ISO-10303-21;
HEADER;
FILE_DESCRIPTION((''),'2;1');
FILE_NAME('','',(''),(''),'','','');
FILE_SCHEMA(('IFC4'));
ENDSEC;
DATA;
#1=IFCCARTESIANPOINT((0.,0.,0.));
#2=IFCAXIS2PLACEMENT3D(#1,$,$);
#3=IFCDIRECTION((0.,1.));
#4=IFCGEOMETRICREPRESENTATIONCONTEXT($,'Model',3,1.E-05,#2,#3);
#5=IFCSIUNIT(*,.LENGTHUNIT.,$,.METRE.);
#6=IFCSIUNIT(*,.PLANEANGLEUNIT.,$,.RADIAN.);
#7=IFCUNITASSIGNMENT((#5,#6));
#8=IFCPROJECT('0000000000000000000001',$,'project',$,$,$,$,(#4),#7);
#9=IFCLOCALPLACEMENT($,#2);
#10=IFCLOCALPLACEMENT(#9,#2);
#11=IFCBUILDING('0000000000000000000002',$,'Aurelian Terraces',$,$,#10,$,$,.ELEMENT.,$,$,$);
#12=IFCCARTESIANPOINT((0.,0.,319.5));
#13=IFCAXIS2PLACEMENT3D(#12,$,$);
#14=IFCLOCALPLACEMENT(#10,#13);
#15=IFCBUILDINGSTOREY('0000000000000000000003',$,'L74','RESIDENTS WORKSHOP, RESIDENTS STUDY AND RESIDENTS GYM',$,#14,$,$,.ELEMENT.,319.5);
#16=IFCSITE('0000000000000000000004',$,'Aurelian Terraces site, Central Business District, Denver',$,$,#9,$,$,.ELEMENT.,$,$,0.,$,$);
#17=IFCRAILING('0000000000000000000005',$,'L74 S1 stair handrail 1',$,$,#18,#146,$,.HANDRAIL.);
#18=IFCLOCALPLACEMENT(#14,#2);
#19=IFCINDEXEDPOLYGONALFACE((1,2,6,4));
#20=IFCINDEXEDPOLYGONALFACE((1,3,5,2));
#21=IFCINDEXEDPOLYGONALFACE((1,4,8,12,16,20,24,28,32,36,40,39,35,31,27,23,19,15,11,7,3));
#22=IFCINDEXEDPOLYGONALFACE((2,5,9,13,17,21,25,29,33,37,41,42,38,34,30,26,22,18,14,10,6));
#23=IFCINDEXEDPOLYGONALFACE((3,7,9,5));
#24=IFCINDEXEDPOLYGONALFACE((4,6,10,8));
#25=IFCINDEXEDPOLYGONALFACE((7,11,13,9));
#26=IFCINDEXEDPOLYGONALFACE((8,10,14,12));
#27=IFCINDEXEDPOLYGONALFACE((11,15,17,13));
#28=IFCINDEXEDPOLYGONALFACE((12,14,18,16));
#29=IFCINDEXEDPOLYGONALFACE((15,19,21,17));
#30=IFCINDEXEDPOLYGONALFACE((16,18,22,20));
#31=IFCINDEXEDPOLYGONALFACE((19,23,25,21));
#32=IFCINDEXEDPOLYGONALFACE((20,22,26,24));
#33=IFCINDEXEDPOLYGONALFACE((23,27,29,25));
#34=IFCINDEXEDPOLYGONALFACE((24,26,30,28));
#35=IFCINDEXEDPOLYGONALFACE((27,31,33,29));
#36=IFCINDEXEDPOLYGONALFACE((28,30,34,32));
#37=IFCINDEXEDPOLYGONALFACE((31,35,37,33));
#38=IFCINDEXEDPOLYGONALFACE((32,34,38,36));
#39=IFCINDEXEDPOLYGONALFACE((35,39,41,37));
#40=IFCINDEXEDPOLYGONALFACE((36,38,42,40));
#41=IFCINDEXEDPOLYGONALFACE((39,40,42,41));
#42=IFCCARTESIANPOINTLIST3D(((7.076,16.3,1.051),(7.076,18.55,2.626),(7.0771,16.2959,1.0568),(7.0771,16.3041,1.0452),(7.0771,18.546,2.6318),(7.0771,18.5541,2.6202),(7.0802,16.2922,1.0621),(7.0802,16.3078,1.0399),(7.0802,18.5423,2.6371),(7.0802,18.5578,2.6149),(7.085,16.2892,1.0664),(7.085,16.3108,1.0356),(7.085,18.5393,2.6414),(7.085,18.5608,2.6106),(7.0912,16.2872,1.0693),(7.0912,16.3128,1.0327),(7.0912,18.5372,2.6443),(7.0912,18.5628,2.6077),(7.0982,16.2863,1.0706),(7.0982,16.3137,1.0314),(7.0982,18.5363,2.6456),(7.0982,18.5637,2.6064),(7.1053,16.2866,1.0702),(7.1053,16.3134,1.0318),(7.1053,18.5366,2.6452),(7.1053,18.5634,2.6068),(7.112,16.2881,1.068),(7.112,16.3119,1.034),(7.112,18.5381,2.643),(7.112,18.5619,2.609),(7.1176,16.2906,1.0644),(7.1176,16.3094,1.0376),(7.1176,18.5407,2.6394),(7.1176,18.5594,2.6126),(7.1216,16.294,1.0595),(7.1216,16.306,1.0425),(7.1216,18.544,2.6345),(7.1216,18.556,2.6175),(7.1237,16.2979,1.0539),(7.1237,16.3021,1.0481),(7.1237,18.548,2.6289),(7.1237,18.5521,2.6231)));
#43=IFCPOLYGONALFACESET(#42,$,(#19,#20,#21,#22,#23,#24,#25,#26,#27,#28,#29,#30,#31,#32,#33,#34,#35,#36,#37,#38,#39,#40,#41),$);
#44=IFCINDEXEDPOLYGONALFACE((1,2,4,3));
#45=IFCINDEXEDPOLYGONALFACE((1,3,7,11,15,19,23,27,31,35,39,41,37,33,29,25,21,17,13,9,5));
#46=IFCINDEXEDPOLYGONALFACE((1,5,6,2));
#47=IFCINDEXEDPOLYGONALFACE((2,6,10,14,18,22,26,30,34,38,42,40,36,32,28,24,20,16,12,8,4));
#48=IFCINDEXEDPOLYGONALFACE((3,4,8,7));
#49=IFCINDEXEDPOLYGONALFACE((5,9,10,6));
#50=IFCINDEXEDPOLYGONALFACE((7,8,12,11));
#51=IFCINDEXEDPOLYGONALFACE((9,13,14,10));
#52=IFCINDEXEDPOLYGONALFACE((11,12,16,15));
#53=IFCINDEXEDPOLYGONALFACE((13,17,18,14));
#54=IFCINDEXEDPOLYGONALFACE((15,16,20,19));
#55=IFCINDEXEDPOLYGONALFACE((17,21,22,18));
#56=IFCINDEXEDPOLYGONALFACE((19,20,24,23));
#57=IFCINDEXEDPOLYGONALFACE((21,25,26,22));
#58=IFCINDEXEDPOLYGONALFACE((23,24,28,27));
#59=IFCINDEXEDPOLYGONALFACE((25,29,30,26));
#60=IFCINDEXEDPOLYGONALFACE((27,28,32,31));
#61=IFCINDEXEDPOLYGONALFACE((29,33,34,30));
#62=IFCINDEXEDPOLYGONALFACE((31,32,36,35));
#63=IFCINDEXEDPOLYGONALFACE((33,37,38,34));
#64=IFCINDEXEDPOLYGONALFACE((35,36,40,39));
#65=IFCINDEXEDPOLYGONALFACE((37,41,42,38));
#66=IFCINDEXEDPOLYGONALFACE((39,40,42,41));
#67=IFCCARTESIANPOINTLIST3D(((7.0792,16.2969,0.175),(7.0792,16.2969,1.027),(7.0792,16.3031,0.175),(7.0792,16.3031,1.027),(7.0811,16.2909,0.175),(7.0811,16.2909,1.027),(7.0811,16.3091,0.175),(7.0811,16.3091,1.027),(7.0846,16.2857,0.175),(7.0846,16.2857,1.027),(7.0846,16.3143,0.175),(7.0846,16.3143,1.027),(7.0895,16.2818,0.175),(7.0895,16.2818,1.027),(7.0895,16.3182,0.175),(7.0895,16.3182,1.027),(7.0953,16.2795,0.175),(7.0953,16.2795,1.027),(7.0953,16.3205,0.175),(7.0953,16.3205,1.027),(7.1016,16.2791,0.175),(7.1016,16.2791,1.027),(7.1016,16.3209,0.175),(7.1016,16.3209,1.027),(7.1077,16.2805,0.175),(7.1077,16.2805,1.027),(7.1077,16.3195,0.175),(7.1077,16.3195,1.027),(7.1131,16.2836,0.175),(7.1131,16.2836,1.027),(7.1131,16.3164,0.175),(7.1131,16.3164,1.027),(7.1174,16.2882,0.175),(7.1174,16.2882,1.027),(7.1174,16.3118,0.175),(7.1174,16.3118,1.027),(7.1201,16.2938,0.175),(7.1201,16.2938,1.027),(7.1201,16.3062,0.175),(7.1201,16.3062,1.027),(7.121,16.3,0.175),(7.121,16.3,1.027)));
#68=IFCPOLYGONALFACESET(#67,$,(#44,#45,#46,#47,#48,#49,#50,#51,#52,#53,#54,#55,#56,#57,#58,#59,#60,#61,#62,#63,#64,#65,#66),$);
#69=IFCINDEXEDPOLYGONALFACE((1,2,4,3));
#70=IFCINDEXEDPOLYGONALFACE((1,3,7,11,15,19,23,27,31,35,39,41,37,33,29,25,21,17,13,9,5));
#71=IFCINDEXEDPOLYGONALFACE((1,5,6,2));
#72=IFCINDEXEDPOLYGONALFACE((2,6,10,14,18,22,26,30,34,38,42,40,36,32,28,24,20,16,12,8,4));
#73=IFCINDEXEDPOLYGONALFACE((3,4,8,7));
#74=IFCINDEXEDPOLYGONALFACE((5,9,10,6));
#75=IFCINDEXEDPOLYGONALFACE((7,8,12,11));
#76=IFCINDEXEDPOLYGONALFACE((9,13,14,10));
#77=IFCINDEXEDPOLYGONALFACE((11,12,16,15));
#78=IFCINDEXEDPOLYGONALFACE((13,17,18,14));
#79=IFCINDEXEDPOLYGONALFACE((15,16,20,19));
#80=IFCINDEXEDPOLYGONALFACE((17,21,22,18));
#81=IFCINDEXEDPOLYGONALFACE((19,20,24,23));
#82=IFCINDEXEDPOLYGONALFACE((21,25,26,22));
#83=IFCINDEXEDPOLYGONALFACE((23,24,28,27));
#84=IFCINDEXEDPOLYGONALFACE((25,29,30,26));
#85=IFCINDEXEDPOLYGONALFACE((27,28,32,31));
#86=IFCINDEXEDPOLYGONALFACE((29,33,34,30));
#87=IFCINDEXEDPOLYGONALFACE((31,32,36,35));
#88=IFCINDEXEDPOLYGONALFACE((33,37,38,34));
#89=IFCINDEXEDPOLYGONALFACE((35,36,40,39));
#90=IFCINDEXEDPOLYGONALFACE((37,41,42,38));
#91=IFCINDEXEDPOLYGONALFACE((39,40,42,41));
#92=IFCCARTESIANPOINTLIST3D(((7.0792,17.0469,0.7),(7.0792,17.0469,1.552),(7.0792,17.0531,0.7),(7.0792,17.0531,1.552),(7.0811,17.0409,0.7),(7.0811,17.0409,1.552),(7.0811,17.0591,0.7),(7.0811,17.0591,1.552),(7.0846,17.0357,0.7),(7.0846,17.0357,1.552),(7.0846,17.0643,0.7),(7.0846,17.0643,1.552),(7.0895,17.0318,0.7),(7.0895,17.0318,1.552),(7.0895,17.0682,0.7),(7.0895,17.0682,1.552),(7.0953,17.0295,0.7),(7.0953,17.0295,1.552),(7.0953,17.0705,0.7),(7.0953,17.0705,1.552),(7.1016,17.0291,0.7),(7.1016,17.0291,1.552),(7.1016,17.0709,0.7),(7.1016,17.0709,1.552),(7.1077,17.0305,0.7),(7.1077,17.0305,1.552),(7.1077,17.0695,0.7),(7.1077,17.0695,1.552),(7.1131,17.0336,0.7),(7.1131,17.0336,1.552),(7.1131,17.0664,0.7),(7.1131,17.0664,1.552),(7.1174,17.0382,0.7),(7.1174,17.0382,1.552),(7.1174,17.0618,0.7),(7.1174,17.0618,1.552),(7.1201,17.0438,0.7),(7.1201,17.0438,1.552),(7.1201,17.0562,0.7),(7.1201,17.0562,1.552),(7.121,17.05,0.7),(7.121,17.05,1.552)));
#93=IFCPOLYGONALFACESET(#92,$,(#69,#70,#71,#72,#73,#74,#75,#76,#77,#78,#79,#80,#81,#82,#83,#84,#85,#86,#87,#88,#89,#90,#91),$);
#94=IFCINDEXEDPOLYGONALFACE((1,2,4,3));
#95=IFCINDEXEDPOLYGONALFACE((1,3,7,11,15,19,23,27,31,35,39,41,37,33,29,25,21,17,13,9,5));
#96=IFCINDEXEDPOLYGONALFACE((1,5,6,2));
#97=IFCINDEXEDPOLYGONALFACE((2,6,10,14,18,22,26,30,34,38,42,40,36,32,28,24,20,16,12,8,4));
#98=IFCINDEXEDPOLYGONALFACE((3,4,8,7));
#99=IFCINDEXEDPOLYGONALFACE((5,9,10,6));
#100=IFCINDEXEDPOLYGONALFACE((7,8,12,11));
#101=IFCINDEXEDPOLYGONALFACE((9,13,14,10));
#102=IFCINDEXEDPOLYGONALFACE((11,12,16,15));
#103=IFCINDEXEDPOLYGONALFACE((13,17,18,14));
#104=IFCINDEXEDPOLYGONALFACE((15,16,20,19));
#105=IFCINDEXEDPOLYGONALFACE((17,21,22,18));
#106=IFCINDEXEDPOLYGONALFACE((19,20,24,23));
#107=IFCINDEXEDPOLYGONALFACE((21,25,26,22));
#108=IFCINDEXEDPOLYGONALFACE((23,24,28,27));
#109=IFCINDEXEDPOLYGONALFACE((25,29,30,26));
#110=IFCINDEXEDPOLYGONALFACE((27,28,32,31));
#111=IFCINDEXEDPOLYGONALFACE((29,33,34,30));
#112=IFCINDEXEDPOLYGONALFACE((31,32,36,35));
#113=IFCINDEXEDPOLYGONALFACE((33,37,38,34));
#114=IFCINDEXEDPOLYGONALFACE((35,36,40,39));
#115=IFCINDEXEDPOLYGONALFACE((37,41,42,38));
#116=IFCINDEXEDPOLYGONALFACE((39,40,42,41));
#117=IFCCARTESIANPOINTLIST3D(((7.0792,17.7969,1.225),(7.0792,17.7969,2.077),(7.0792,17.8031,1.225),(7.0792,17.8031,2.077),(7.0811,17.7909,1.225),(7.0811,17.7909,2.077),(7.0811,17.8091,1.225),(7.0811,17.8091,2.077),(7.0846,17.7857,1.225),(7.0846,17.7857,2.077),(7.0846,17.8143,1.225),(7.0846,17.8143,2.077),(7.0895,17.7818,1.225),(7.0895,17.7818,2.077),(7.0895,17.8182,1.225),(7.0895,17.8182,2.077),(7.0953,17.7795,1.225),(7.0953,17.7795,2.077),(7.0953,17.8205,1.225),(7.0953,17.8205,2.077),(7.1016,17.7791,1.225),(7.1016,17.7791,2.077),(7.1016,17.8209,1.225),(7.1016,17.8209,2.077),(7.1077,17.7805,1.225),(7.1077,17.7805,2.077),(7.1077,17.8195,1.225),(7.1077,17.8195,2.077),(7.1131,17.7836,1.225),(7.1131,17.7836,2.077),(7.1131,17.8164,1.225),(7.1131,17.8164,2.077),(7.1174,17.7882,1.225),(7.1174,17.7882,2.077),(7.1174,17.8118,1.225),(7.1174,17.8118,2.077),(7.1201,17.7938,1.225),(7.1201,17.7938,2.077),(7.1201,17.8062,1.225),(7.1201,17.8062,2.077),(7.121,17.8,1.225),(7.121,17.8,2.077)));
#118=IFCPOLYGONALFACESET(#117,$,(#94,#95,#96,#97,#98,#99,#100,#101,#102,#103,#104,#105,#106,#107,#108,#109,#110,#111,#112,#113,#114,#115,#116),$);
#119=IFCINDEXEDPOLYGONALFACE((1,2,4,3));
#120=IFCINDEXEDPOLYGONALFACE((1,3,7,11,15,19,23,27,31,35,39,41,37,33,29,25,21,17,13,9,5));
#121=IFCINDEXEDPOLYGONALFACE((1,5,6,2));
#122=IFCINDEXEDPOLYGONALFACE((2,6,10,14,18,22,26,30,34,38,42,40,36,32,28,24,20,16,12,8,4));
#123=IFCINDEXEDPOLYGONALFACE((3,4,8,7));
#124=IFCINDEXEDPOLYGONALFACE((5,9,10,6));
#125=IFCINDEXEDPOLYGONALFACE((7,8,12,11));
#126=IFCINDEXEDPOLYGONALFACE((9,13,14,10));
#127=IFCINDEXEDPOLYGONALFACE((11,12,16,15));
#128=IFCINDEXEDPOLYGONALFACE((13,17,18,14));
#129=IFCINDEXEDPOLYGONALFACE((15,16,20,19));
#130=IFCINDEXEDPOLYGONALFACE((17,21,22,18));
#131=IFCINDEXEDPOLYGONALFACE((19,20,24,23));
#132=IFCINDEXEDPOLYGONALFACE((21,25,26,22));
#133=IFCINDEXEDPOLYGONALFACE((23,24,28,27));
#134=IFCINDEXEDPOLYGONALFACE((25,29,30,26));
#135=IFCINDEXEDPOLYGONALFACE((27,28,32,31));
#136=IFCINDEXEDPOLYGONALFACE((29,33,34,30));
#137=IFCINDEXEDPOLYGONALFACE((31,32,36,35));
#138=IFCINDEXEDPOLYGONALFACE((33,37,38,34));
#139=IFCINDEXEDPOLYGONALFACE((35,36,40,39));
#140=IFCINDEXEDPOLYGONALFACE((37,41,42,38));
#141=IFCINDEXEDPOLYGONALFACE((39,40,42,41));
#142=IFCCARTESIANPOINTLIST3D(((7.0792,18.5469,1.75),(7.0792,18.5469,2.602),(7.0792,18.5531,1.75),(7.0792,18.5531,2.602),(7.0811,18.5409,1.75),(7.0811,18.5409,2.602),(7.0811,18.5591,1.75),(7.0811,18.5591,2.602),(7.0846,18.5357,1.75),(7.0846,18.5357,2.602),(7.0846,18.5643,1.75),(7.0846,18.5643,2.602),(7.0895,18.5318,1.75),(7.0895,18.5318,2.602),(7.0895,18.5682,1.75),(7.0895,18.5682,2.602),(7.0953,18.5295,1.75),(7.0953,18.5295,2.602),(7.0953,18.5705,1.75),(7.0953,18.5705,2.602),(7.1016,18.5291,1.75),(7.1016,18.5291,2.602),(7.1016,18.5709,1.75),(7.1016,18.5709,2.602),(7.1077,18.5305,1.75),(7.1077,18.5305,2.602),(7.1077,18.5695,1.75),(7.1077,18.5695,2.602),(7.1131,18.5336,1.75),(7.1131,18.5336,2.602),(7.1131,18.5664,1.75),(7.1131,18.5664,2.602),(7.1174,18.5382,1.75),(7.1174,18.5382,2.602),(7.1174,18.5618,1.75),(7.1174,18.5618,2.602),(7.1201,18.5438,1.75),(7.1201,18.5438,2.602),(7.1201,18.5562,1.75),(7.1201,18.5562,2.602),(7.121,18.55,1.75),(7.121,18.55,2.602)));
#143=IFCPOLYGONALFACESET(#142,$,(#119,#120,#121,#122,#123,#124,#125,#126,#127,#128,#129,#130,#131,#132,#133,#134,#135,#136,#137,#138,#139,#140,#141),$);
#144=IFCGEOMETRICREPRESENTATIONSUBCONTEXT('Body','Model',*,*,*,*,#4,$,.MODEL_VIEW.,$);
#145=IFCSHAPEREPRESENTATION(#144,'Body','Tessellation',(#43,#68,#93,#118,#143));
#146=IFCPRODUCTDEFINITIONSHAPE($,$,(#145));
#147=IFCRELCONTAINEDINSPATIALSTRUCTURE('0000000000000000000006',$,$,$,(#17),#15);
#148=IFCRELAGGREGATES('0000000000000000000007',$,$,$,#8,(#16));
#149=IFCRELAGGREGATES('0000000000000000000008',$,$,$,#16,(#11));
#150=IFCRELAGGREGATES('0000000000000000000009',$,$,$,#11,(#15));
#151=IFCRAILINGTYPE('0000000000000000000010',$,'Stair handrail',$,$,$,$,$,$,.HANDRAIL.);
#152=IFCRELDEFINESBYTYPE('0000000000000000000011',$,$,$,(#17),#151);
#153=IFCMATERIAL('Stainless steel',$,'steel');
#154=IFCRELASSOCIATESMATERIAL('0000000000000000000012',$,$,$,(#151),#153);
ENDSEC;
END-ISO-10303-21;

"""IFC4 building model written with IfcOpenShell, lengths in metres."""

from ifc_helpers import new_model, si_unit, direction, frame, origin, origin_2d, place, context, subcontext, project, spatial, circle, extrude, source, transform, mapped, material, type_object, element, save


model = new_model("IFC4")

# Units and contexts
model_context = context("Model", 3, precision=1e-05, world=origin(), true_north=direction((0.0, 1.0)))
body_context = subcontext(model_context, "Body", "Model", "MODEL_VIEW")
ifc_project = project(units=[si_unit("LENGTHUNIT", "METRE"), si_unit("PLANEANGLEUNIT", "RADIAN")], contexts=[model_context])

# Site, building, storey
site_placement = place(None, origin())
site = spatial("IfcSite", under=ifc_project, at=site_placement, Name="Aurelian Terraces site, Central Business District, Denver", CompositionType="ELEMENT", RefElevation=0.0)
building_placement = place(site_placement, origin())
building = spatial("IfcBuilding", under=site, at=building_placement, Name="Aurelian Terraces", CompositionType="ELEMENT")
storey_placement = place(building_placement, frame((0.0, 0.0, 319.5)))
storey = spatial("IfcBuildingStorey", under=building, at=storey_placement, Name="L74", Description="RESIDENTS WORKSHOP, RESIDENTS STUDY AND RESIDENTS GYM", CompositionType="ELEMENT", Elevation=319.5)

# Shared definitions
ifc_material_1 = material(Name="Stainless steel", Category="steel")

# Railing
railing_type = type_object("IfcRailingType", Name="Stair handrail", PredefinedType="HANDRAIL", material=ifc_material_1)
shared_shape_1 = source(origin(), body_context, "Body", "SweptSolid", [
    extrude(circle(Radius=0.024, at=origin_2d()), frame((0.0, 0.0, 0.876), z_axis=(0.0, 0.819232, 0.573462), x_axis=(-1.0, 0.0, 0.0)), (0.0, 0.0, 1.0), 2.7465),
    extrude(circle(Radius=0.021, at=origin_2d()), origin(), (0.0, 0.0, 1.0), 0.852),
    extrude(circle(Radius=0.021, at=origin_2d()), frame((0.0, 0.75, 0.525)), (0.0, 0.0, 1.0), 0.852),
    extrude(circle(Radius=0.021, at=origin_2d()), frame((0.0, 1.5, 1.05)), (0.0, 0.0, 1.0), 0.852),
    extrude(circle(Radius=0.021, at=origin_2d()), frame((0.0, 2.25, 1.575)), (0.0, 0.0, 1.0), 0.852),
])
railing_placement = place(storey_placement, frame((7.1, 16.3, 0.175)))
element("IfcRailing", 1, at=railing_placement, inside=storey, type_object=railing_type, Name="L74 S1 stair handrail 1", PredefinedType="HANDRAIL", context=body_context, shape_type="MappedRepresentation", body=[
    mapped(shared_shape_1, transform((0.0, 0.0, 0.0), scale=1.0)),
])

save(model, "model.ifc")
